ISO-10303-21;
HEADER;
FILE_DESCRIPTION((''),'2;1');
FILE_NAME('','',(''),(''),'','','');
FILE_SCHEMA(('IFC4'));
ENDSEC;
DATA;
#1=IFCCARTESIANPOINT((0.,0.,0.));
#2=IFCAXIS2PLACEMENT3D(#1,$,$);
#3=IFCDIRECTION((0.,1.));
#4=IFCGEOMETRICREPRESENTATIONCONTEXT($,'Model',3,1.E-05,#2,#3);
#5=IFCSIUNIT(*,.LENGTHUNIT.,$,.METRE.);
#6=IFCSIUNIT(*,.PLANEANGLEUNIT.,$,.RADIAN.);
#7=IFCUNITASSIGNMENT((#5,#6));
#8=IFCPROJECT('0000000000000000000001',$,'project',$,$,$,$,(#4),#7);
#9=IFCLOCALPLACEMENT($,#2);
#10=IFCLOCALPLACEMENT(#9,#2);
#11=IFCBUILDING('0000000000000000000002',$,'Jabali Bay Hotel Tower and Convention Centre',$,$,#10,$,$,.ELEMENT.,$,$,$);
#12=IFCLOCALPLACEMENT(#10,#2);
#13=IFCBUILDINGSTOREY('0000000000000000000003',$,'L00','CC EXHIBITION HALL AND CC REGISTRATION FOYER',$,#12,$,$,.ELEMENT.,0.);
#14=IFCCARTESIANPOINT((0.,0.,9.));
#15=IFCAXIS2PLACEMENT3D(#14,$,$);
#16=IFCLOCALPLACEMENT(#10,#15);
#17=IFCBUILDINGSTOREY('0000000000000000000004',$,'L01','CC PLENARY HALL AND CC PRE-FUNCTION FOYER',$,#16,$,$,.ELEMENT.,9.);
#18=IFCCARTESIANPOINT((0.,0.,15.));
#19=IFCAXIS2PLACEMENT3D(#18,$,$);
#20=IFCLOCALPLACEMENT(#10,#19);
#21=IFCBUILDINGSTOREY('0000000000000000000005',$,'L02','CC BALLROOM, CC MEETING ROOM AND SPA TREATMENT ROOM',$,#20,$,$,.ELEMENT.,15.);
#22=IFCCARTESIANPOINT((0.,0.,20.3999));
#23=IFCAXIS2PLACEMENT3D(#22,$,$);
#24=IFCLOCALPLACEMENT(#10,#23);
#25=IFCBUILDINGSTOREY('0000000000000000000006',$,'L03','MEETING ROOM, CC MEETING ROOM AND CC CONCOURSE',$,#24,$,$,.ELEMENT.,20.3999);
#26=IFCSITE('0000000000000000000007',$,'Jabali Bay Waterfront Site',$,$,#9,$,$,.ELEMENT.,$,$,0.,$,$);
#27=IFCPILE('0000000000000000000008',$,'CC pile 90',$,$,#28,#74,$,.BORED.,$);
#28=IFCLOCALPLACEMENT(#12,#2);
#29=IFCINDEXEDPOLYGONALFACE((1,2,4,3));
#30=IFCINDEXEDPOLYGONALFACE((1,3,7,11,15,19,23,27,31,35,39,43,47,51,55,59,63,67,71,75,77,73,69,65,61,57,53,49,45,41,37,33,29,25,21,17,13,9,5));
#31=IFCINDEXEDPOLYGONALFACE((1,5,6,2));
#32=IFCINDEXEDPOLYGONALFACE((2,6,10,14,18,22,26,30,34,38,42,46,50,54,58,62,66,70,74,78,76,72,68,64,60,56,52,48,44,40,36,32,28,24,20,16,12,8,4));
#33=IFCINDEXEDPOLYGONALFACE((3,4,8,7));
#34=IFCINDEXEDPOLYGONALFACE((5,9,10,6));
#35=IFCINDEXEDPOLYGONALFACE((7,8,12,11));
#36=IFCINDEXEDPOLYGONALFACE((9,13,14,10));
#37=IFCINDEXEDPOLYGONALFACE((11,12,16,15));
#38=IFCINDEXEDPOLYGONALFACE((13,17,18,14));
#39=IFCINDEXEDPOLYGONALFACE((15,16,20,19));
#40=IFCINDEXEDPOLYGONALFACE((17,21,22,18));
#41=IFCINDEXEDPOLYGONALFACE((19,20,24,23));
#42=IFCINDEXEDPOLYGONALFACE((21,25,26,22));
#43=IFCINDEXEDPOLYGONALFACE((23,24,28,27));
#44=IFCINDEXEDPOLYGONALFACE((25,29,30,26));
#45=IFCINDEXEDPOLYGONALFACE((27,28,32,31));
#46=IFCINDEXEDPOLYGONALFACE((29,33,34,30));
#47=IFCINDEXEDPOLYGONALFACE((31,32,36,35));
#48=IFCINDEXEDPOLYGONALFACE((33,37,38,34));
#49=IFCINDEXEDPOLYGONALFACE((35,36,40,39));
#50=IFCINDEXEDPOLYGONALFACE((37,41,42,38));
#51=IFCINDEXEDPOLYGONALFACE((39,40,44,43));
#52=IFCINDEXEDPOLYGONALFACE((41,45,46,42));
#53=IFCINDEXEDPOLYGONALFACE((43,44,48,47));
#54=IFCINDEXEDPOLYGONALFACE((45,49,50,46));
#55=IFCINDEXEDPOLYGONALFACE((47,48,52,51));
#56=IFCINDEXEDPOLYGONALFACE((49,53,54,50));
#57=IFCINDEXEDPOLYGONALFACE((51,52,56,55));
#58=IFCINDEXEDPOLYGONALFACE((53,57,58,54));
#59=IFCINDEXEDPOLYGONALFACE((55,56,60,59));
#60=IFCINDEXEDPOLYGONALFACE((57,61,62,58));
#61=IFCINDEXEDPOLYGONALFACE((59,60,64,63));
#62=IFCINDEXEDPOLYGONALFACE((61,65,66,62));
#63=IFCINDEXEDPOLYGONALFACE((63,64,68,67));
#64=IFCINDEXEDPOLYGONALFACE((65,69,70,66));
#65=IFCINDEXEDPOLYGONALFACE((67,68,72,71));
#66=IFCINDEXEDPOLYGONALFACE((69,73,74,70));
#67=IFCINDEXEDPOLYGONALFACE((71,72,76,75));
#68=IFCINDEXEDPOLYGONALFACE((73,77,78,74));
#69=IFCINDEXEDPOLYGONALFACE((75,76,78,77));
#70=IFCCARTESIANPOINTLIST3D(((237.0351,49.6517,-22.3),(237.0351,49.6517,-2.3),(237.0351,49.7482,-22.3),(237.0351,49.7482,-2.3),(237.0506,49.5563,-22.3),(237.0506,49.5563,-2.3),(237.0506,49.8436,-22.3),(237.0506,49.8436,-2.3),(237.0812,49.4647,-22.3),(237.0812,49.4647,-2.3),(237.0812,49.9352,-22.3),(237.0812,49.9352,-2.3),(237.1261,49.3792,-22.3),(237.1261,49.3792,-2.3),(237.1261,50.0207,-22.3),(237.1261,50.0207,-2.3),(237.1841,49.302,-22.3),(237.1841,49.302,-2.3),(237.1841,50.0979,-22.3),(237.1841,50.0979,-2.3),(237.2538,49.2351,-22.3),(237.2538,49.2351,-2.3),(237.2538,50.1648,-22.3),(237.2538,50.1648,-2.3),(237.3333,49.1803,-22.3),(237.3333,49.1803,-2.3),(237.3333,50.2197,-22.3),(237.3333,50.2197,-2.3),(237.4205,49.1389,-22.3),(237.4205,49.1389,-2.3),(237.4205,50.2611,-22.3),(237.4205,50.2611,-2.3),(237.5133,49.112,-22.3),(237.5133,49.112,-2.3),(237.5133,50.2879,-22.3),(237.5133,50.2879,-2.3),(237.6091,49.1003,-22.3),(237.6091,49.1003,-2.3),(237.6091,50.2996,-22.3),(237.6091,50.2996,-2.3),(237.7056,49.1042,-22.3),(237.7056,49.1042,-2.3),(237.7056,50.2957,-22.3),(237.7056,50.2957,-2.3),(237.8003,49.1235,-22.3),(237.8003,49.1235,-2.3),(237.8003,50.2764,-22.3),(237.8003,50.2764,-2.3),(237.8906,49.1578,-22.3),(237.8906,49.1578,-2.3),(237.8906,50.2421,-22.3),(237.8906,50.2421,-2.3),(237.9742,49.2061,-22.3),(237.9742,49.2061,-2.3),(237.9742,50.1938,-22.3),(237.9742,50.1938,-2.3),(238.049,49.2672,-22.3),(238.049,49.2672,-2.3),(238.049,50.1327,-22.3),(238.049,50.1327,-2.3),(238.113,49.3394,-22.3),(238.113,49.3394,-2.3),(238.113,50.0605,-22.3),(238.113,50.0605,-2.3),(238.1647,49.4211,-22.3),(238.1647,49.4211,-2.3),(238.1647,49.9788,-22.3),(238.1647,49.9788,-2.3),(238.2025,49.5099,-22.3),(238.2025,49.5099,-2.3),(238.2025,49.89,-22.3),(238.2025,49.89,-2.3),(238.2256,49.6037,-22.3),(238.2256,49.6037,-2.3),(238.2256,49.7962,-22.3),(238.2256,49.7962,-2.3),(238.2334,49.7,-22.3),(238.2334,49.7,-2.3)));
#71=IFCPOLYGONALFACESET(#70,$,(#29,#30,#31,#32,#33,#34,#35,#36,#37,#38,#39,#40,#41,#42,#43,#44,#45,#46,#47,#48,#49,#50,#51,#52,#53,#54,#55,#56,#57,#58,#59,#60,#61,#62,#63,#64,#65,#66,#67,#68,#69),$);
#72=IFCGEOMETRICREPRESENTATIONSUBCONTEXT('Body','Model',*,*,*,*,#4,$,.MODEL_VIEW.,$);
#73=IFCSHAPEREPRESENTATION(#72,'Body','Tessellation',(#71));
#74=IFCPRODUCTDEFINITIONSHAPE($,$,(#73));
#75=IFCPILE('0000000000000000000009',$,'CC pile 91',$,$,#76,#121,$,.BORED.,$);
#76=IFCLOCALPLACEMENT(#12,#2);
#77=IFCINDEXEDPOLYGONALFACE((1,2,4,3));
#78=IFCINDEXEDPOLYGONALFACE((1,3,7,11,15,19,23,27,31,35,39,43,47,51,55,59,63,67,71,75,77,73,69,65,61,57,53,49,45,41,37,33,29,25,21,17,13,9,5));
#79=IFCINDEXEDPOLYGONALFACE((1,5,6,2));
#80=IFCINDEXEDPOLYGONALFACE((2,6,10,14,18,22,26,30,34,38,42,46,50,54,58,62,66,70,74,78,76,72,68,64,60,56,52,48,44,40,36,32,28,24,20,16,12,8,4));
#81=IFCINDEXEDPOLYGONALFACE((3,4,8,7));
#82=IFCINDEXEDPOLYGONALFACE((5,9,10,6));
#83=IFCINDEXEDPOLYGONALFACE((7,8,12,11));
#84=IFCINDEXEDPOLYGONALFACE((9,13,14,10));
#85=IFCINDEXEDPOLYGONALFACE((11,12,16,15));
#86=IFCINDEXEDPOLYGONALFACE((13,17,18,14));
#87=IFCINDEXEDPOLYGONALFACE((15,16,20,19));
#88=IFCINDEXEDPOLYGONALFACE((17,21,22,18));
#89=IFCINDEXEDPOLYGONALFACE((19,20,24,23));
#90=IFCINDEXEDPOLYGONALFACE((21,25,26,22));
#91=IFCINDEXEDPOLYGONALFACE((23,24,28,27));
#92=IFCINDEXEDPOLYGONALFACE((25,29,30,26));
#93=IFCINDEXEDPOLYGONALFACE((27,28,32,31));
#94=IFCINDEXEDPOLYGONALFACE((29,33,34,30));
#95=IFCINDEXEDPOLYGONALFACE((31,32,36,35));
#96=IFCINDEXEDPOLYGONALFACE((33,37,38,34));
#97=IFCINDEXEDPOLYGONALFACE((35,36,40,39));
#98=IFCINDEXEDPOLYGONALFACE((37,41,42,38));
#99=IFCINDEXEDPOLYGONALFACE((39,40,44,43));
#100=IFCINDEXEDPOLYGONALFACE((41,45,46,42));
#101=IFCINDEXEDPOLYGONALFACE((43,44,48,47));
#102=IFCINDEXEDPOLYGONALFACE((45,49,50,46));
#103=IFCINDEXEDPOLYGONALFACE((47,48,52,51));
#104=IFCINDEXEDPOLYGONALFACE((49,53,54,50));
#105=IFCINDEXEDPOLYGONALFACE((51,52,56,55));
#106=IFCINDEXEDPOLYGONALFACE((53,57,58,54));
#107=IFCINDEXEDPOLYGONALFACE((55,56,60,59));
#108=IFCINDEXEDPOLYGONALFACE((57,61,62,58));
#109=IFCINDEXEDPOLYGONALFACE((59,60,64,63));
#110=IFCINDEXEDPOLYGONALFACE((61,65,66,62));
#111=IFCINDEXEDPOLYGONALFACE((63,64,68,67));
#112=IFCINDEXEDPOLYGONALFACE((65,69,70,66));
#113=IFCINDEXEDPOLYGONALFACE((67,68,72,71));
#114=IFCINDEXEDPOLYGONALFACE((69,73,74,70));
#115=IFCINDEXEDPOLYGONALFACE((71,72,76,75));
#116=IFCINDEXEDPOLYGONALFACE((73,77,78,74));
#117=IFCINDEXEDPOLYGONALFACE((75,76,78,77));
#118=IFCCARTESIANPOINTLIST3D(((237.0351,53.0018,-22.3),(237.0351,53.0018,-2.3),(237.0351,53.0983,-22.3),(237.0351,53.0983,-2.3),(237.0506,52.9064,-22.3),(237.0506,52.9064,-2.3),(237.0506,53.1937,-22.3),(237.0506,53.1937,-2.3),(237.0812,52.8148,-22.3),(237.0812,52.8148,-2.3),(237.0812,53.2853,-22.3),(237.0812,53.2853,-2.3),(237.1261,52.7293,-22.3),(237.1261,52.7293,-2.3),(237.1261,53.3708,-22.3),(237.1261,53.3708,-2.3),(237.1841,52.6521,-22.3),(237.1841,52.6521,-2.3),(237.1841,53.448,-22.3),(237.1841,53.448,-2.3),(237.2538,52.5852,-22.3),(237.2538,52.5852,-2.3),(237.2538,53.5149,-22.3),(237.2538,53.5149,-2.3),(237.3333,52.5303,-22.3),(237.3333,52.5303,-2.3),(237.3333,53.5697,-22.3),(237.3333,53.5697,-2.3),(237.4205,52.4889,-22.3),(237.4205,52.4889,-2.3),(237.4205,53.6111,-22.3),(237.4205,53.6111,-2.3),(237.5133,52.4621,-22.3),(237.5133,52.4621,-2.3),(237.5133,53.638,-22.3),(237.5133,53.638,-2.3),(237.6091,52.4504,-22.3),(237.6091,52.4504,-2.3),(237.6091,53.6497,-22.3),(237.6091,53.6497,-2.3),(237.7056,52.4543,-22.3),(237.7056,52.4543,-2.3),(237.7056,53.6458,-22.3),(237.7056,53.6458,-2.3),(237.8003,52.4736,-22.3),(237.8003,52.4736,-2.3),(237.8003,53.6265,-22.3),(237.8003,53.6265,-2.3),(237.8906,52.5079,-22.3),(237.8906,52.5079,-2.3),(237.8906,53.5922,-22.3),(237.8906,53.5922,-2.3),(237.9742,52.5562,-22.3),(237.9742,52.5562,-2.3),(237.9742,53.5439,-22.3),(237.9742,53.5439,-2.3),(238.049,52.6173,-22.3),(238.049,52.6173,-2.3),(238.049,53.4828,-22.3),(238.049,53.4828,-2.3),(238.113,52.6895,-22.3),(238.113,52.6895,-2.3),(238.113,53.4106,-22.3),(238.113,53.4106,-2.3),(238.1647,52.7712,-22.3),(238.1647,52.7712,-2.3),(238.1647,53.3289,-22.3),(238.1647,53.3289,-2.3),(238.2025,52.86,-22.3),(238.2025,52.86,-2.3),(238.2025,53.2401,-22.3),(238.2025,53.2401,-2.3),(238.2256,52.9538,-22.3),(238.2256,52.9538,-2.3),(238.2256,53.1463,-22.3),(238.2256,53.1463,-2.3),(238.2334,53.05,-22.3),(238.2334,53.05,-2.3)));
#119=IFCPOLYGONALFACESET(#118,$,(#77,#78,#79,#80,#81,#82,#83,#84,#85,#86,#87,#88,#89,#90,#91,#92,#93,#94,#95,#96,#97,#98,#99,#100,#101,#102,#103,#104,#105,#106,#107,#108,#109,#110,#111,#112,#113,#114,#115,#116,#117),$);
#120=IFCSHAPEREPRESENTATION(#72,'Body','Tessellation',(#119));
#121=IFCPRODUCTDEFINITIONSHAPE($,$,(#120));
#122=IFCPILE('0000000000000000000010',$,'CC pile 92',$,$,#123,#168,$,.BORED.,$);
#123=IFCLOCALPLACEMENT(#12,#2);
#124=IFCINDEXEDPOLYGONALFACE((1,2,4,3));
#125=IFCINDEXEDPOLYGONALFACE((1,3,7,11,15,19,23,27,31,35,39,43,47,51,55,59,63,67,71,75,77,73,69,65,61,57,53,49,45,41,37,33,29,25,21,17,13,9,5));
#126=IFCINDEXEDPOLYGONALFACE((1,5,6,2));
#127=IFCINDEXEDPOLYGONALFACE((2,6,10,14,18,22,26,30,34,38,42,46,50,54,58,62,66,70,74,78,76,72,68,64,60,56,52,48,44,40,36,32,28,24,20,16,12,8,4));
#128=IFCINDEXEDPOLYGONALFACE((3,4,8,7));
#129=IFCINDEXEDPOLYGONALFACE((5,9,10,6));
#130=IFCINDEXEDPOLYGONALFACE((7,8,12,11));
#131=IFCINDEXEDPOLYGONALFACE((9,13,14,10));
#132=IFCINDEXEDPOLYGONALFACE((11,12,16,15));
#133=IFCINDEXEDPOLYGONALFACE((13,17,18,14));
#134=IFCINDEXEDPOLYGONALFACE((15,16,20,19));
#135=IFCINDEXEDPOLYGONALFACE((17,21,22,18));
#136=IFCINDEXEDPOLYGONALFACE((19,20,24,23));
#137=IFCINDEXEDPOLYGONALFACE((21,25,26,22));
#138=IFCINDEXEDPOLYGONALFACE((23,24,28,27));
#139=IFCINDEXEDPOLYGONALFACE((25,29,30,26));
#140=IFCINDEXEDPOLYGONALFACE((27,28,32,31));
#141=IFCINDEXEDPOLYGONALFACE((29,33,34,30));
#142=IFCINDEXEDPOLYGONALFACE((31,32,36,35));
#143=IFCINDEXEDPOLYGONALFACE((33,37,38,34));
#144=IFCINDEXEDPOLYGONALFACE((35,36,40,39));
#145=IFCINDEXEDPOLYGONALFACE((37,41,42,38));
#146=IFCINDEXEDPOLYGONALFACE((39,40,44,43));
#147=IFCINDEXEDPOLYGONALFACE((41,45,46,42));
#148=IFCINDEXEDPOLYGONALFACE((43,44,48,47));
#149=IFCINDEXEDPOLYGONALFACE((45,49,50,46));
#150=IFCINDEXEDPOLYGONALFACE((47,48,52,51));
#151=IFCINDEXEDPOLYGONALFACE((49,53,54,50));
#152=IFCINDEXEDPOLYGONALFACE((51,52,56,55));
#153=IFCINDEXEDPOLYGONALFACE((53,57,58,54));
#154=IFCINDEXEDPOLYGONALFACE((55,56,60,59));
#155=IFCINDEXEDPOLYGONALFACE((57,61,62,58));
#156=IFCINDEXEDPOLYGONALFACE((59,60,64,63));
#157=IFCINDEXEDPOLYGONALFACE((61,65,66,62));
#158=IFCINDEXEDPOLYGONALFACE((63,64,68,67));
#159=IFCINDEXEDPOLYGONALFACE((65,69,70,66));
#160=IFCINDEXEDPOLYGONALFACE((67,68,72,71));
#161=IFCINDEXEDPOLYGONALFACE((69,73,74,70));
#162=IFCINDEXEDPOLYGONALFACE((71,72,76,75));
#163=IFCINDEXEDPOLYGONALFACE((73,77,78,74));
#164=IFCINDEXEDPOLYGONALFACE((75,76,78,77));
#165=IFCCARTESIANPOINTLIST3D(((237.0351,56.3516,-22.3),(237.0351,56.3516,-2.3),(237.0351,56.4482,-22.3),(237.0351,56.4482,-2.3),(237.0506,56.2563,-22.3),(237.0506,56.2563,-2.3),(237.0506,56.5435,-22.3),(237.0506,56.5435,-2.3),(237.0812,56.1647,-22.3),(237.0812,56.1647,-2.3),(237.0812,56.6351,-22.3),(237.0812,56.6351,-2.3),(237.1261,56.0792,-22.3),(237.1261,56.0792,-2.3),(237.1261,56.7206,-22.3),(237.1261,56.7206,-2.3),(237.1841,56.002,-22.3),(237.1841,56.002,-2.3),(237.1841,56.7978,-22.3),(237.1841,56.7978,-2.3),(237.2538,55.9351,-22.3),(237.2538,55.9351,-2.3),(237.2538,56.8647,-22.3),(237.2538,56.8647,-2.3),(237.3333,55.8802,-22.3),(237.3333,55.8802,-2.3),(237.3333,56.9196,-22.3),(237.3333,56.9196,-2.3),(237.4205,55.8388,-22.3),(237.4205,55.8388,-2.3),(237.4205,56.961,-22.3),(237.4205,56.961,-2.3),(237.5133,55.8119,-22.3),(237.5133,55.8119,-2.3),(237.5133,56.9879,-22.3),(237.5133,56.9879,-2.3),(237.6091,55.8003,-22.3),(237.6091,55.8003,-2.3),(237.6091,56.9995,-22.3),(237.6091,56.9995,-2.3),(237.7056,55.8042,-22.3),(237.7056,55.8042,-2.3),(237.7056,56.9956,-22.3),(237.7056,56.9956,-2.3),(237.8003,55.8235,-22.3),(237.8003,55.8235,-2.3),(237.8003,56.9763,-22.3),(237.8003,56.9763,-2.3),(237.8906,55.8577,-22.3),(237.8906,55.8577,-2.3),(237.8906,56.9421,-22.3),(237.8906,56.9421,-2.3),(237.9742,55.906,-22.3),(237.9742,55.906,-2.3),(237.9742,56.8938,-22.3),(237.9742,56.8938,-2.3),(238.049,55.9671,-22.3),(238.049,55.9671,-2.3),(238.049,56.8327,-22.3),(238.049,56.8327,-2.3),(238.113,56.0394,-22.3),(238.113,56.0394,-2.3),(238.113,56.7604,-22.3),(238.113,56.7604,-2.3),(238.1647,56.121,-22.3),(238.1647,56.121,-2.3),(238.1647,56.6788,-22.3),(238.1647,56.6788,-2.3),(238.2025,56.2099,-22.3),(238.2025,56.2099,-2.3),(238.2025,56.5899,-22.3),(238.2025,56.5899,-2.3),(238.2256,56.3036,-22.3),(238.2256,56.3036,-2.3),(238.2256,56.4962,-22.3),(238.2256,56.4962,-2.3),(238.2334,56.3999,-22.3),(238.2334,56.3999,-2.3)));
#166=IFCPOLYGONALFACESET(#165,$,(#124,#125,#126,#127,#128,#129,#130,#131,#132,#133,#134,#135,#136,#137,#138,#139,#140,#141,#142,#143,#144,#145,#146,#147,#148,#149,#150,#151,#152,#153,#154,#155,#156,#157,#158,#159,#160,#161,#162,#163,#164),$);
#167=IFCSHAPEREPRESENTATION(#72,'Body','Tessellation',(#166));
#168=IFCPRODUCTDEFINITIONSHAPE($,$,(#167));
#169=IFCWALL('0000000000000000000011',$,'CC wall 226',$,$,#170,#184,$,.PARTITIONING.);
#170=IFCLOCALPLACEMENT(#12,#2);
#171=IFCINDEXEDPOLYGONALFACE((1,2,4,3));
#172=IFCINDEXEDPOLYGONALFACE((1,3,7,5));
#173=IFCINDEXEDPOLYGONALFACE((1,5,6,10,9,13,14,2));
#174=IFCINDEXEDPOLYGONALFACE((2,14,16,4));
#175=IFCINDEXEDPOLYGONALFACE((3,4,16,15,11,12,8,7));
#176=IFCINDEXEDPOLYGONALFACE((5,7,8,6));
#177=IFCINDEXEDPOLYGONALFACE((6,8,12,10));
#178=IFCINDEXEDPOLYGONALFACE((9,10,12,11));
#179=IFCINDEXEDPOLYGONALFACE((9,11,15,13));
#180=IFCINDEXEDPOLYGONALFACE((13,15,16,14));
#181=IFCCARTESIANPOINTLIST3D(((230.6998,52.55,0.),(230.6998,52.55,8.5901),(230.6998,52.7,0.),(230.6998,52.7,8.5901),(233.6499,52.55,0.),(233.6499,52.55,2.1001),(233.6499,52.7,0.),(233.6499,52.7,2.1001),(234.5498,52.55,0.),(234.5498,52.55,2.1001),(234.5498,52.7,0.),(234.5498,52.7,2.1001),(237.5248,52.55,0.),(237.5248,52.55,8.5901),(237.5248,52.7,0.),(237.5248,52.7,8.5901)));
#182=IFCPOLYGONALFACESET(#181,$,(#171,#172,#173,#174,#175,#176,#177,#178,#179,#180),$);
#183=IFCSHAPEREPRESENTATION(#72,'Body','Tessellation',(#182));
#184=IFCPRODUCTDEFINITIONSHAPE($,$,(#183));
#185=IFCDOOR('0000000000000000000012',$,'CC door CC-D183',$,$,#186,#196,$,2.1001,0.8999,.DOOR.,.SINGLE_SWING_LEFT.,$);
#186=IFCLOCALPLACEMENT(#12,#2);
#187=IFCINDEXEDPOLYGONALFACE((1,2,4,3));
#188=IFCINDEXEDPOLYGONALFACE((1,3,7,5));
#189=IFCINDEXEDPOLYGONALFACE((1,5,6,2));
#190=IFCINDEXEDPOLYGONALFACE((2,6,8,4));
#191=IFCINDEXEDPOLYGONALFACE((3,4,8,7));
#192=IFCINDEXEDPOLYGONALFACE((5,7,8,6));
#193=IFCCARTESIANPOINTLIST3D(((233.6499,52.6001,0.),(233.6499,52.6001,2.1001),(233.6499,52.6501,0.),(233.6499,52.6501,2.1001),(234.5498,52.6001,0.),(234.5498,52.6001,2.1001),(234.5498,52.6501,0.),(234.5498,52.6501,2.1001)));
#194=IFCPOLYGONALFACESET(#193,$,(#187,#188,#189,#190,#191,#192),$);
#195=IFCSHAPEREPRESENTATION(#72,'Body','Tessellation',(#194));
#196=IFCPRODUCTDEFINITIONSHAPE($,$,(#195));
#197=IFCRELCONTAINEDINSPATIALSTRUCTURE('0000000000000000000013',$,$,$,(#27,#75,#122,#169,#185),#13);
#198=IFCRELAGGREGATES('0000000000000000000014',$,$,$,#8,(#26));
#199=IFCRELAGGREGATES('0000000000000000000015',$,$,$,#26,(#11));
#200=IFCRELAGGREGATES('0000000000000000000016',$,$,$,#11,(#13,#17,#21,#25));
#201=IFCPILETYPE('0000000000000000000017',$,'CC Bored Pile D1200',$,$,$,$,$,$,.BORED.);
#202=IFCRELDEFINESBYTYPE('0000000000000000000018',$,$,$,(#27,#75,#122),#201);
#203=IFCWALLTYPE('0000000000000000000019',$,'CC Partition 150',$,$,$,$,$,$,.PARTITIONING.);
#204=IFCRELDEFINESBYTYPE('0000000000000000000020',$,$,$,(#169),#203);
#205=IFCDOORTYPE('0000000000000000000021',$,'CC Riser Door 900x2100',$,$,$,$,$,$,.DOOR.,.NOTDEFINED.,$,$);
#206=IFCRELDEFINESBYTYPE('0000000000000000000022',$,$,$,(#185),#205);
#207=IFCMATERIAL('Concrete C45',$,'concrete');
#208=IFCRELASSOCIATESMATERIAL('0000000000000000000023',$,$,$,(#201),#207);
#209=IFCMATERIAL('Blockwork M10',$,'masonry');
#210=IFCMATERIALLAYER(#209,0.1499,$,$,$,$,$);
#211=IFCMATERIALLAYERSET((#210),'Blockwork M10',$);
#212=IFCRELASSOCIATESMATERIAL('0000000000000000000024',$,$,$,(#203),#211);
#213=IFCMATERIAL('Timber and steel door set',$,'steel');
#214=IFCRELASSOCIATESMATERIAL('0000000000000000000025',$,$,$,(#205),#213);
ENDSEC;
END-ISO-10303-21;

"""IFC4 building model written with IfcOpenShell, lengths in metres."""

from ifc_helpers import new_model, si_unit, direction, frame, frame_2d, origin, origin_2d, place, context, subcontext, project, spatial, rectangle, circle, extrude, material, layer, layer_set, material_profile, profile_set, type_object, element, fill, save


model = new_model("IFC4")

# Units and contexts
model_context = context("Model", 3, precision=1e-05, world=origin(), true_north=direction((0.0, 1.0)))
body_context = subcontext(model_context, "Body", "Model", "MODEL_VIEW")
ifc_project = project(units=[si_unit("LENGTHUNIT", "METRE"), si_unit("PLANEANGLEUNIT", "RADIAN")], contexts=[model_context])

# Site, building, storey
site_placement = place(None, origin())
site = spatial("IfcSite", under=ifc_project, at=site_placement, Name="Jabali Bay Waterfront Site", CompositionType="ELEMENT", RefElevation=0.0)
building_placement = place(site_placement, origin())
building = spatial("IfcBuilding", under=site, at=building_placement, Name="Jabali Bay Hotel Tower and Convention Centre", CompositionType="ELEMENT")
storey_1_placement = place(building_placement, origin())
storey_1 = spatial("IfcBuildingStorey", under=building, at=storey_1_placement, Name="L00", Description="CC EXHIBITION HALL AND CC REGISTRATION FOYER", CompositionType="ELEMENT", Elevation=0.0)

# Piles
ifc_material_1 = material(Name="Concrete C45", Category="concrete")
ifc_material_profile = material_profile(ifc_material_1, circle(Radius=0.6001, at=origin_2d()), Name="D1200")
ifc_profile_set = profile_set([ifc_material_profile], Name="Concrete C45")
pile_type = type_object("IfcPileType", Name="CC Bored Pile D1200", PredefinedType="BORED", material=ifc_profile_set)
for number, where, z_axis, x_axis, name in (
    (1, (237.6333, 49.7, -2.3), (0.0, 0.0, -1.0), (1.0, 0.0, 0.0), "CC pile 90"),
    (2, (237.6333, 53.05, -2.3), (0.0, 0.0, -1.0), (1.0, 0.0, 0.0), "CC pile 91"),
    (3, (237.6333, 56.3999, -2.3), (0.0, 0.0, -1.0), (1.0, 0.0, 0.0), "CC pile 92"),
):
    element("IfcPile", number, at=place(storey_1_placement, frame(where, z_axis=z_axis, x_axis=x_axis)), inside=storey_1, type_object=pile_type, Name=name, PredefinedType="BORED", context=body_context, shape_type="SweptSolid", body=[
        extrude(circle(Radius=0.6001, at=origin_2d()), origin(), (0.0, 0.0, 1.0), 20.0),
    ])

# Wall, opening, door
ifc_material_2 = material(Name="Blockwork M10", Category="masonry")
ifc_layer_1 = layer(ifc_material_2, 0.1499)
ifc_layer_set_1 = layer_set([ifc_layer_1], Name="Blockwork M10")
wall_type_1 = type_object("IfcWallType", Name="CC Partition 150", PredefinedType="PARTITIONING", material=ifc_layer_set_1)
wall_1_placement = place(storey_1_placement, frame((237.5249, 52.625, 0.0), z_axis=(0.0, 0.0, 1.0), x_axis=(-1.0, 0.0, 0.0)))
wall_1 = element("IfcWall", 4, at=wall_1_placement, inside=storey_1, type_object=wall_type_1, Name="CC wall 226", PredefinedType="PARTITIONING", context=body_context, shape_type="SweptSolid", body=[
    extrude(rectangle(XDim=6.825, YDim=0.1499, at=frame_2d((3.4126, 0.0))), origin(), (0.0, 0.0, 1.0), 8.5901),
])
opening_1_placement = place(wall_1_placement, frame((2.9751, 0.0, 0.0)))
opening_1 = element("IfcOpeningElement", 5, at=opening_1_placement, cuts=wall_1, PredefinedType="OPENING", context=body_context, shape_type="SweptSolid", body=[
    extrude(rectangle(XDim=0.8999, YDim=2.1001, at=frame_2d((0.45, 1.05))), frame((0.0, 0.0854, 0.0), z_axis=(0.0, -1.0, 0.0), x_axis=(1.0, 0.0, 0.0)), (0.0, 0.0, 1.0), 0.1709),
])
ifc_material_3 = material(Name="Timber and steel door set", Category="steel")
door_type_1 = type_object("IfcDoorType", Name="CC Riser Door 900x2100", OperationType="NOTDEFINED", PredefinedType="DOOR", material=ifc_material_3)
door_1_placement = place(opening_1_placement, origin())
door_1 = element("IfcDoor", 6, at=door_1_placement, inside=storey_1, type_object=door_type_1, Name="CC door CC-D183", OperationType="SINGLE_SWING_LEFT", OverallHeight=2.1001, OverallWidth=0.8999, PredefinedType="DOOR", context=body_context, shape_type="SweptSolid", body=[
    extrude(rectangle(XDim=0.8999, YDim=2.1001, at=frame_2d((0.45, 1.05))), frame((0.0, 0.0249, 0.0), z_axis=(0.0, -1.0, 0.0), x_axis=(1.0, 0.0, 0.0)), (0.0, 0.0, 1.0), 0.05),
])
fill(opening_1, door_1)

# Shared definitions
storey_2_placement = place(building_placement, frame((0.0, 0.0, 9.0)))
storey_2 = spatial("IfcBuildingStorey", under=building, at=storey_2_placement, Name="L01", Description="CC PLENARY HALL AND CC PRE-FUNCTION FOYER", CompositionType="ELEMENT", Elevation=9.0)

# Shared definitions
storey_3_placement = place(building_placement, frame((0.0, 0.0, 15.0)))
storey_3 = spatial("IfcBuildingStorey", under=building, at=storey_3_placement, Name="L02", Description="CC BALLROOM, CC MEETING ROOM AND SPA TREATMENT ROOM", CompositionType="ELEMENT", Elevation=15.0)

# Shared definitions
storey_4_placement = place(building_placement, frame((0.0, 0.0, 20.3999)))
storey_4 = spatial("IfcBuildingStorey", under=building, at=storey_4_placement, Name="L03", Description="MEETING ROOM, CC MEETING ROOM AND CC CONCOURSE", CompositionType="ELEMENT", Elevation=20.3999)

save(model, "model.ifc")
